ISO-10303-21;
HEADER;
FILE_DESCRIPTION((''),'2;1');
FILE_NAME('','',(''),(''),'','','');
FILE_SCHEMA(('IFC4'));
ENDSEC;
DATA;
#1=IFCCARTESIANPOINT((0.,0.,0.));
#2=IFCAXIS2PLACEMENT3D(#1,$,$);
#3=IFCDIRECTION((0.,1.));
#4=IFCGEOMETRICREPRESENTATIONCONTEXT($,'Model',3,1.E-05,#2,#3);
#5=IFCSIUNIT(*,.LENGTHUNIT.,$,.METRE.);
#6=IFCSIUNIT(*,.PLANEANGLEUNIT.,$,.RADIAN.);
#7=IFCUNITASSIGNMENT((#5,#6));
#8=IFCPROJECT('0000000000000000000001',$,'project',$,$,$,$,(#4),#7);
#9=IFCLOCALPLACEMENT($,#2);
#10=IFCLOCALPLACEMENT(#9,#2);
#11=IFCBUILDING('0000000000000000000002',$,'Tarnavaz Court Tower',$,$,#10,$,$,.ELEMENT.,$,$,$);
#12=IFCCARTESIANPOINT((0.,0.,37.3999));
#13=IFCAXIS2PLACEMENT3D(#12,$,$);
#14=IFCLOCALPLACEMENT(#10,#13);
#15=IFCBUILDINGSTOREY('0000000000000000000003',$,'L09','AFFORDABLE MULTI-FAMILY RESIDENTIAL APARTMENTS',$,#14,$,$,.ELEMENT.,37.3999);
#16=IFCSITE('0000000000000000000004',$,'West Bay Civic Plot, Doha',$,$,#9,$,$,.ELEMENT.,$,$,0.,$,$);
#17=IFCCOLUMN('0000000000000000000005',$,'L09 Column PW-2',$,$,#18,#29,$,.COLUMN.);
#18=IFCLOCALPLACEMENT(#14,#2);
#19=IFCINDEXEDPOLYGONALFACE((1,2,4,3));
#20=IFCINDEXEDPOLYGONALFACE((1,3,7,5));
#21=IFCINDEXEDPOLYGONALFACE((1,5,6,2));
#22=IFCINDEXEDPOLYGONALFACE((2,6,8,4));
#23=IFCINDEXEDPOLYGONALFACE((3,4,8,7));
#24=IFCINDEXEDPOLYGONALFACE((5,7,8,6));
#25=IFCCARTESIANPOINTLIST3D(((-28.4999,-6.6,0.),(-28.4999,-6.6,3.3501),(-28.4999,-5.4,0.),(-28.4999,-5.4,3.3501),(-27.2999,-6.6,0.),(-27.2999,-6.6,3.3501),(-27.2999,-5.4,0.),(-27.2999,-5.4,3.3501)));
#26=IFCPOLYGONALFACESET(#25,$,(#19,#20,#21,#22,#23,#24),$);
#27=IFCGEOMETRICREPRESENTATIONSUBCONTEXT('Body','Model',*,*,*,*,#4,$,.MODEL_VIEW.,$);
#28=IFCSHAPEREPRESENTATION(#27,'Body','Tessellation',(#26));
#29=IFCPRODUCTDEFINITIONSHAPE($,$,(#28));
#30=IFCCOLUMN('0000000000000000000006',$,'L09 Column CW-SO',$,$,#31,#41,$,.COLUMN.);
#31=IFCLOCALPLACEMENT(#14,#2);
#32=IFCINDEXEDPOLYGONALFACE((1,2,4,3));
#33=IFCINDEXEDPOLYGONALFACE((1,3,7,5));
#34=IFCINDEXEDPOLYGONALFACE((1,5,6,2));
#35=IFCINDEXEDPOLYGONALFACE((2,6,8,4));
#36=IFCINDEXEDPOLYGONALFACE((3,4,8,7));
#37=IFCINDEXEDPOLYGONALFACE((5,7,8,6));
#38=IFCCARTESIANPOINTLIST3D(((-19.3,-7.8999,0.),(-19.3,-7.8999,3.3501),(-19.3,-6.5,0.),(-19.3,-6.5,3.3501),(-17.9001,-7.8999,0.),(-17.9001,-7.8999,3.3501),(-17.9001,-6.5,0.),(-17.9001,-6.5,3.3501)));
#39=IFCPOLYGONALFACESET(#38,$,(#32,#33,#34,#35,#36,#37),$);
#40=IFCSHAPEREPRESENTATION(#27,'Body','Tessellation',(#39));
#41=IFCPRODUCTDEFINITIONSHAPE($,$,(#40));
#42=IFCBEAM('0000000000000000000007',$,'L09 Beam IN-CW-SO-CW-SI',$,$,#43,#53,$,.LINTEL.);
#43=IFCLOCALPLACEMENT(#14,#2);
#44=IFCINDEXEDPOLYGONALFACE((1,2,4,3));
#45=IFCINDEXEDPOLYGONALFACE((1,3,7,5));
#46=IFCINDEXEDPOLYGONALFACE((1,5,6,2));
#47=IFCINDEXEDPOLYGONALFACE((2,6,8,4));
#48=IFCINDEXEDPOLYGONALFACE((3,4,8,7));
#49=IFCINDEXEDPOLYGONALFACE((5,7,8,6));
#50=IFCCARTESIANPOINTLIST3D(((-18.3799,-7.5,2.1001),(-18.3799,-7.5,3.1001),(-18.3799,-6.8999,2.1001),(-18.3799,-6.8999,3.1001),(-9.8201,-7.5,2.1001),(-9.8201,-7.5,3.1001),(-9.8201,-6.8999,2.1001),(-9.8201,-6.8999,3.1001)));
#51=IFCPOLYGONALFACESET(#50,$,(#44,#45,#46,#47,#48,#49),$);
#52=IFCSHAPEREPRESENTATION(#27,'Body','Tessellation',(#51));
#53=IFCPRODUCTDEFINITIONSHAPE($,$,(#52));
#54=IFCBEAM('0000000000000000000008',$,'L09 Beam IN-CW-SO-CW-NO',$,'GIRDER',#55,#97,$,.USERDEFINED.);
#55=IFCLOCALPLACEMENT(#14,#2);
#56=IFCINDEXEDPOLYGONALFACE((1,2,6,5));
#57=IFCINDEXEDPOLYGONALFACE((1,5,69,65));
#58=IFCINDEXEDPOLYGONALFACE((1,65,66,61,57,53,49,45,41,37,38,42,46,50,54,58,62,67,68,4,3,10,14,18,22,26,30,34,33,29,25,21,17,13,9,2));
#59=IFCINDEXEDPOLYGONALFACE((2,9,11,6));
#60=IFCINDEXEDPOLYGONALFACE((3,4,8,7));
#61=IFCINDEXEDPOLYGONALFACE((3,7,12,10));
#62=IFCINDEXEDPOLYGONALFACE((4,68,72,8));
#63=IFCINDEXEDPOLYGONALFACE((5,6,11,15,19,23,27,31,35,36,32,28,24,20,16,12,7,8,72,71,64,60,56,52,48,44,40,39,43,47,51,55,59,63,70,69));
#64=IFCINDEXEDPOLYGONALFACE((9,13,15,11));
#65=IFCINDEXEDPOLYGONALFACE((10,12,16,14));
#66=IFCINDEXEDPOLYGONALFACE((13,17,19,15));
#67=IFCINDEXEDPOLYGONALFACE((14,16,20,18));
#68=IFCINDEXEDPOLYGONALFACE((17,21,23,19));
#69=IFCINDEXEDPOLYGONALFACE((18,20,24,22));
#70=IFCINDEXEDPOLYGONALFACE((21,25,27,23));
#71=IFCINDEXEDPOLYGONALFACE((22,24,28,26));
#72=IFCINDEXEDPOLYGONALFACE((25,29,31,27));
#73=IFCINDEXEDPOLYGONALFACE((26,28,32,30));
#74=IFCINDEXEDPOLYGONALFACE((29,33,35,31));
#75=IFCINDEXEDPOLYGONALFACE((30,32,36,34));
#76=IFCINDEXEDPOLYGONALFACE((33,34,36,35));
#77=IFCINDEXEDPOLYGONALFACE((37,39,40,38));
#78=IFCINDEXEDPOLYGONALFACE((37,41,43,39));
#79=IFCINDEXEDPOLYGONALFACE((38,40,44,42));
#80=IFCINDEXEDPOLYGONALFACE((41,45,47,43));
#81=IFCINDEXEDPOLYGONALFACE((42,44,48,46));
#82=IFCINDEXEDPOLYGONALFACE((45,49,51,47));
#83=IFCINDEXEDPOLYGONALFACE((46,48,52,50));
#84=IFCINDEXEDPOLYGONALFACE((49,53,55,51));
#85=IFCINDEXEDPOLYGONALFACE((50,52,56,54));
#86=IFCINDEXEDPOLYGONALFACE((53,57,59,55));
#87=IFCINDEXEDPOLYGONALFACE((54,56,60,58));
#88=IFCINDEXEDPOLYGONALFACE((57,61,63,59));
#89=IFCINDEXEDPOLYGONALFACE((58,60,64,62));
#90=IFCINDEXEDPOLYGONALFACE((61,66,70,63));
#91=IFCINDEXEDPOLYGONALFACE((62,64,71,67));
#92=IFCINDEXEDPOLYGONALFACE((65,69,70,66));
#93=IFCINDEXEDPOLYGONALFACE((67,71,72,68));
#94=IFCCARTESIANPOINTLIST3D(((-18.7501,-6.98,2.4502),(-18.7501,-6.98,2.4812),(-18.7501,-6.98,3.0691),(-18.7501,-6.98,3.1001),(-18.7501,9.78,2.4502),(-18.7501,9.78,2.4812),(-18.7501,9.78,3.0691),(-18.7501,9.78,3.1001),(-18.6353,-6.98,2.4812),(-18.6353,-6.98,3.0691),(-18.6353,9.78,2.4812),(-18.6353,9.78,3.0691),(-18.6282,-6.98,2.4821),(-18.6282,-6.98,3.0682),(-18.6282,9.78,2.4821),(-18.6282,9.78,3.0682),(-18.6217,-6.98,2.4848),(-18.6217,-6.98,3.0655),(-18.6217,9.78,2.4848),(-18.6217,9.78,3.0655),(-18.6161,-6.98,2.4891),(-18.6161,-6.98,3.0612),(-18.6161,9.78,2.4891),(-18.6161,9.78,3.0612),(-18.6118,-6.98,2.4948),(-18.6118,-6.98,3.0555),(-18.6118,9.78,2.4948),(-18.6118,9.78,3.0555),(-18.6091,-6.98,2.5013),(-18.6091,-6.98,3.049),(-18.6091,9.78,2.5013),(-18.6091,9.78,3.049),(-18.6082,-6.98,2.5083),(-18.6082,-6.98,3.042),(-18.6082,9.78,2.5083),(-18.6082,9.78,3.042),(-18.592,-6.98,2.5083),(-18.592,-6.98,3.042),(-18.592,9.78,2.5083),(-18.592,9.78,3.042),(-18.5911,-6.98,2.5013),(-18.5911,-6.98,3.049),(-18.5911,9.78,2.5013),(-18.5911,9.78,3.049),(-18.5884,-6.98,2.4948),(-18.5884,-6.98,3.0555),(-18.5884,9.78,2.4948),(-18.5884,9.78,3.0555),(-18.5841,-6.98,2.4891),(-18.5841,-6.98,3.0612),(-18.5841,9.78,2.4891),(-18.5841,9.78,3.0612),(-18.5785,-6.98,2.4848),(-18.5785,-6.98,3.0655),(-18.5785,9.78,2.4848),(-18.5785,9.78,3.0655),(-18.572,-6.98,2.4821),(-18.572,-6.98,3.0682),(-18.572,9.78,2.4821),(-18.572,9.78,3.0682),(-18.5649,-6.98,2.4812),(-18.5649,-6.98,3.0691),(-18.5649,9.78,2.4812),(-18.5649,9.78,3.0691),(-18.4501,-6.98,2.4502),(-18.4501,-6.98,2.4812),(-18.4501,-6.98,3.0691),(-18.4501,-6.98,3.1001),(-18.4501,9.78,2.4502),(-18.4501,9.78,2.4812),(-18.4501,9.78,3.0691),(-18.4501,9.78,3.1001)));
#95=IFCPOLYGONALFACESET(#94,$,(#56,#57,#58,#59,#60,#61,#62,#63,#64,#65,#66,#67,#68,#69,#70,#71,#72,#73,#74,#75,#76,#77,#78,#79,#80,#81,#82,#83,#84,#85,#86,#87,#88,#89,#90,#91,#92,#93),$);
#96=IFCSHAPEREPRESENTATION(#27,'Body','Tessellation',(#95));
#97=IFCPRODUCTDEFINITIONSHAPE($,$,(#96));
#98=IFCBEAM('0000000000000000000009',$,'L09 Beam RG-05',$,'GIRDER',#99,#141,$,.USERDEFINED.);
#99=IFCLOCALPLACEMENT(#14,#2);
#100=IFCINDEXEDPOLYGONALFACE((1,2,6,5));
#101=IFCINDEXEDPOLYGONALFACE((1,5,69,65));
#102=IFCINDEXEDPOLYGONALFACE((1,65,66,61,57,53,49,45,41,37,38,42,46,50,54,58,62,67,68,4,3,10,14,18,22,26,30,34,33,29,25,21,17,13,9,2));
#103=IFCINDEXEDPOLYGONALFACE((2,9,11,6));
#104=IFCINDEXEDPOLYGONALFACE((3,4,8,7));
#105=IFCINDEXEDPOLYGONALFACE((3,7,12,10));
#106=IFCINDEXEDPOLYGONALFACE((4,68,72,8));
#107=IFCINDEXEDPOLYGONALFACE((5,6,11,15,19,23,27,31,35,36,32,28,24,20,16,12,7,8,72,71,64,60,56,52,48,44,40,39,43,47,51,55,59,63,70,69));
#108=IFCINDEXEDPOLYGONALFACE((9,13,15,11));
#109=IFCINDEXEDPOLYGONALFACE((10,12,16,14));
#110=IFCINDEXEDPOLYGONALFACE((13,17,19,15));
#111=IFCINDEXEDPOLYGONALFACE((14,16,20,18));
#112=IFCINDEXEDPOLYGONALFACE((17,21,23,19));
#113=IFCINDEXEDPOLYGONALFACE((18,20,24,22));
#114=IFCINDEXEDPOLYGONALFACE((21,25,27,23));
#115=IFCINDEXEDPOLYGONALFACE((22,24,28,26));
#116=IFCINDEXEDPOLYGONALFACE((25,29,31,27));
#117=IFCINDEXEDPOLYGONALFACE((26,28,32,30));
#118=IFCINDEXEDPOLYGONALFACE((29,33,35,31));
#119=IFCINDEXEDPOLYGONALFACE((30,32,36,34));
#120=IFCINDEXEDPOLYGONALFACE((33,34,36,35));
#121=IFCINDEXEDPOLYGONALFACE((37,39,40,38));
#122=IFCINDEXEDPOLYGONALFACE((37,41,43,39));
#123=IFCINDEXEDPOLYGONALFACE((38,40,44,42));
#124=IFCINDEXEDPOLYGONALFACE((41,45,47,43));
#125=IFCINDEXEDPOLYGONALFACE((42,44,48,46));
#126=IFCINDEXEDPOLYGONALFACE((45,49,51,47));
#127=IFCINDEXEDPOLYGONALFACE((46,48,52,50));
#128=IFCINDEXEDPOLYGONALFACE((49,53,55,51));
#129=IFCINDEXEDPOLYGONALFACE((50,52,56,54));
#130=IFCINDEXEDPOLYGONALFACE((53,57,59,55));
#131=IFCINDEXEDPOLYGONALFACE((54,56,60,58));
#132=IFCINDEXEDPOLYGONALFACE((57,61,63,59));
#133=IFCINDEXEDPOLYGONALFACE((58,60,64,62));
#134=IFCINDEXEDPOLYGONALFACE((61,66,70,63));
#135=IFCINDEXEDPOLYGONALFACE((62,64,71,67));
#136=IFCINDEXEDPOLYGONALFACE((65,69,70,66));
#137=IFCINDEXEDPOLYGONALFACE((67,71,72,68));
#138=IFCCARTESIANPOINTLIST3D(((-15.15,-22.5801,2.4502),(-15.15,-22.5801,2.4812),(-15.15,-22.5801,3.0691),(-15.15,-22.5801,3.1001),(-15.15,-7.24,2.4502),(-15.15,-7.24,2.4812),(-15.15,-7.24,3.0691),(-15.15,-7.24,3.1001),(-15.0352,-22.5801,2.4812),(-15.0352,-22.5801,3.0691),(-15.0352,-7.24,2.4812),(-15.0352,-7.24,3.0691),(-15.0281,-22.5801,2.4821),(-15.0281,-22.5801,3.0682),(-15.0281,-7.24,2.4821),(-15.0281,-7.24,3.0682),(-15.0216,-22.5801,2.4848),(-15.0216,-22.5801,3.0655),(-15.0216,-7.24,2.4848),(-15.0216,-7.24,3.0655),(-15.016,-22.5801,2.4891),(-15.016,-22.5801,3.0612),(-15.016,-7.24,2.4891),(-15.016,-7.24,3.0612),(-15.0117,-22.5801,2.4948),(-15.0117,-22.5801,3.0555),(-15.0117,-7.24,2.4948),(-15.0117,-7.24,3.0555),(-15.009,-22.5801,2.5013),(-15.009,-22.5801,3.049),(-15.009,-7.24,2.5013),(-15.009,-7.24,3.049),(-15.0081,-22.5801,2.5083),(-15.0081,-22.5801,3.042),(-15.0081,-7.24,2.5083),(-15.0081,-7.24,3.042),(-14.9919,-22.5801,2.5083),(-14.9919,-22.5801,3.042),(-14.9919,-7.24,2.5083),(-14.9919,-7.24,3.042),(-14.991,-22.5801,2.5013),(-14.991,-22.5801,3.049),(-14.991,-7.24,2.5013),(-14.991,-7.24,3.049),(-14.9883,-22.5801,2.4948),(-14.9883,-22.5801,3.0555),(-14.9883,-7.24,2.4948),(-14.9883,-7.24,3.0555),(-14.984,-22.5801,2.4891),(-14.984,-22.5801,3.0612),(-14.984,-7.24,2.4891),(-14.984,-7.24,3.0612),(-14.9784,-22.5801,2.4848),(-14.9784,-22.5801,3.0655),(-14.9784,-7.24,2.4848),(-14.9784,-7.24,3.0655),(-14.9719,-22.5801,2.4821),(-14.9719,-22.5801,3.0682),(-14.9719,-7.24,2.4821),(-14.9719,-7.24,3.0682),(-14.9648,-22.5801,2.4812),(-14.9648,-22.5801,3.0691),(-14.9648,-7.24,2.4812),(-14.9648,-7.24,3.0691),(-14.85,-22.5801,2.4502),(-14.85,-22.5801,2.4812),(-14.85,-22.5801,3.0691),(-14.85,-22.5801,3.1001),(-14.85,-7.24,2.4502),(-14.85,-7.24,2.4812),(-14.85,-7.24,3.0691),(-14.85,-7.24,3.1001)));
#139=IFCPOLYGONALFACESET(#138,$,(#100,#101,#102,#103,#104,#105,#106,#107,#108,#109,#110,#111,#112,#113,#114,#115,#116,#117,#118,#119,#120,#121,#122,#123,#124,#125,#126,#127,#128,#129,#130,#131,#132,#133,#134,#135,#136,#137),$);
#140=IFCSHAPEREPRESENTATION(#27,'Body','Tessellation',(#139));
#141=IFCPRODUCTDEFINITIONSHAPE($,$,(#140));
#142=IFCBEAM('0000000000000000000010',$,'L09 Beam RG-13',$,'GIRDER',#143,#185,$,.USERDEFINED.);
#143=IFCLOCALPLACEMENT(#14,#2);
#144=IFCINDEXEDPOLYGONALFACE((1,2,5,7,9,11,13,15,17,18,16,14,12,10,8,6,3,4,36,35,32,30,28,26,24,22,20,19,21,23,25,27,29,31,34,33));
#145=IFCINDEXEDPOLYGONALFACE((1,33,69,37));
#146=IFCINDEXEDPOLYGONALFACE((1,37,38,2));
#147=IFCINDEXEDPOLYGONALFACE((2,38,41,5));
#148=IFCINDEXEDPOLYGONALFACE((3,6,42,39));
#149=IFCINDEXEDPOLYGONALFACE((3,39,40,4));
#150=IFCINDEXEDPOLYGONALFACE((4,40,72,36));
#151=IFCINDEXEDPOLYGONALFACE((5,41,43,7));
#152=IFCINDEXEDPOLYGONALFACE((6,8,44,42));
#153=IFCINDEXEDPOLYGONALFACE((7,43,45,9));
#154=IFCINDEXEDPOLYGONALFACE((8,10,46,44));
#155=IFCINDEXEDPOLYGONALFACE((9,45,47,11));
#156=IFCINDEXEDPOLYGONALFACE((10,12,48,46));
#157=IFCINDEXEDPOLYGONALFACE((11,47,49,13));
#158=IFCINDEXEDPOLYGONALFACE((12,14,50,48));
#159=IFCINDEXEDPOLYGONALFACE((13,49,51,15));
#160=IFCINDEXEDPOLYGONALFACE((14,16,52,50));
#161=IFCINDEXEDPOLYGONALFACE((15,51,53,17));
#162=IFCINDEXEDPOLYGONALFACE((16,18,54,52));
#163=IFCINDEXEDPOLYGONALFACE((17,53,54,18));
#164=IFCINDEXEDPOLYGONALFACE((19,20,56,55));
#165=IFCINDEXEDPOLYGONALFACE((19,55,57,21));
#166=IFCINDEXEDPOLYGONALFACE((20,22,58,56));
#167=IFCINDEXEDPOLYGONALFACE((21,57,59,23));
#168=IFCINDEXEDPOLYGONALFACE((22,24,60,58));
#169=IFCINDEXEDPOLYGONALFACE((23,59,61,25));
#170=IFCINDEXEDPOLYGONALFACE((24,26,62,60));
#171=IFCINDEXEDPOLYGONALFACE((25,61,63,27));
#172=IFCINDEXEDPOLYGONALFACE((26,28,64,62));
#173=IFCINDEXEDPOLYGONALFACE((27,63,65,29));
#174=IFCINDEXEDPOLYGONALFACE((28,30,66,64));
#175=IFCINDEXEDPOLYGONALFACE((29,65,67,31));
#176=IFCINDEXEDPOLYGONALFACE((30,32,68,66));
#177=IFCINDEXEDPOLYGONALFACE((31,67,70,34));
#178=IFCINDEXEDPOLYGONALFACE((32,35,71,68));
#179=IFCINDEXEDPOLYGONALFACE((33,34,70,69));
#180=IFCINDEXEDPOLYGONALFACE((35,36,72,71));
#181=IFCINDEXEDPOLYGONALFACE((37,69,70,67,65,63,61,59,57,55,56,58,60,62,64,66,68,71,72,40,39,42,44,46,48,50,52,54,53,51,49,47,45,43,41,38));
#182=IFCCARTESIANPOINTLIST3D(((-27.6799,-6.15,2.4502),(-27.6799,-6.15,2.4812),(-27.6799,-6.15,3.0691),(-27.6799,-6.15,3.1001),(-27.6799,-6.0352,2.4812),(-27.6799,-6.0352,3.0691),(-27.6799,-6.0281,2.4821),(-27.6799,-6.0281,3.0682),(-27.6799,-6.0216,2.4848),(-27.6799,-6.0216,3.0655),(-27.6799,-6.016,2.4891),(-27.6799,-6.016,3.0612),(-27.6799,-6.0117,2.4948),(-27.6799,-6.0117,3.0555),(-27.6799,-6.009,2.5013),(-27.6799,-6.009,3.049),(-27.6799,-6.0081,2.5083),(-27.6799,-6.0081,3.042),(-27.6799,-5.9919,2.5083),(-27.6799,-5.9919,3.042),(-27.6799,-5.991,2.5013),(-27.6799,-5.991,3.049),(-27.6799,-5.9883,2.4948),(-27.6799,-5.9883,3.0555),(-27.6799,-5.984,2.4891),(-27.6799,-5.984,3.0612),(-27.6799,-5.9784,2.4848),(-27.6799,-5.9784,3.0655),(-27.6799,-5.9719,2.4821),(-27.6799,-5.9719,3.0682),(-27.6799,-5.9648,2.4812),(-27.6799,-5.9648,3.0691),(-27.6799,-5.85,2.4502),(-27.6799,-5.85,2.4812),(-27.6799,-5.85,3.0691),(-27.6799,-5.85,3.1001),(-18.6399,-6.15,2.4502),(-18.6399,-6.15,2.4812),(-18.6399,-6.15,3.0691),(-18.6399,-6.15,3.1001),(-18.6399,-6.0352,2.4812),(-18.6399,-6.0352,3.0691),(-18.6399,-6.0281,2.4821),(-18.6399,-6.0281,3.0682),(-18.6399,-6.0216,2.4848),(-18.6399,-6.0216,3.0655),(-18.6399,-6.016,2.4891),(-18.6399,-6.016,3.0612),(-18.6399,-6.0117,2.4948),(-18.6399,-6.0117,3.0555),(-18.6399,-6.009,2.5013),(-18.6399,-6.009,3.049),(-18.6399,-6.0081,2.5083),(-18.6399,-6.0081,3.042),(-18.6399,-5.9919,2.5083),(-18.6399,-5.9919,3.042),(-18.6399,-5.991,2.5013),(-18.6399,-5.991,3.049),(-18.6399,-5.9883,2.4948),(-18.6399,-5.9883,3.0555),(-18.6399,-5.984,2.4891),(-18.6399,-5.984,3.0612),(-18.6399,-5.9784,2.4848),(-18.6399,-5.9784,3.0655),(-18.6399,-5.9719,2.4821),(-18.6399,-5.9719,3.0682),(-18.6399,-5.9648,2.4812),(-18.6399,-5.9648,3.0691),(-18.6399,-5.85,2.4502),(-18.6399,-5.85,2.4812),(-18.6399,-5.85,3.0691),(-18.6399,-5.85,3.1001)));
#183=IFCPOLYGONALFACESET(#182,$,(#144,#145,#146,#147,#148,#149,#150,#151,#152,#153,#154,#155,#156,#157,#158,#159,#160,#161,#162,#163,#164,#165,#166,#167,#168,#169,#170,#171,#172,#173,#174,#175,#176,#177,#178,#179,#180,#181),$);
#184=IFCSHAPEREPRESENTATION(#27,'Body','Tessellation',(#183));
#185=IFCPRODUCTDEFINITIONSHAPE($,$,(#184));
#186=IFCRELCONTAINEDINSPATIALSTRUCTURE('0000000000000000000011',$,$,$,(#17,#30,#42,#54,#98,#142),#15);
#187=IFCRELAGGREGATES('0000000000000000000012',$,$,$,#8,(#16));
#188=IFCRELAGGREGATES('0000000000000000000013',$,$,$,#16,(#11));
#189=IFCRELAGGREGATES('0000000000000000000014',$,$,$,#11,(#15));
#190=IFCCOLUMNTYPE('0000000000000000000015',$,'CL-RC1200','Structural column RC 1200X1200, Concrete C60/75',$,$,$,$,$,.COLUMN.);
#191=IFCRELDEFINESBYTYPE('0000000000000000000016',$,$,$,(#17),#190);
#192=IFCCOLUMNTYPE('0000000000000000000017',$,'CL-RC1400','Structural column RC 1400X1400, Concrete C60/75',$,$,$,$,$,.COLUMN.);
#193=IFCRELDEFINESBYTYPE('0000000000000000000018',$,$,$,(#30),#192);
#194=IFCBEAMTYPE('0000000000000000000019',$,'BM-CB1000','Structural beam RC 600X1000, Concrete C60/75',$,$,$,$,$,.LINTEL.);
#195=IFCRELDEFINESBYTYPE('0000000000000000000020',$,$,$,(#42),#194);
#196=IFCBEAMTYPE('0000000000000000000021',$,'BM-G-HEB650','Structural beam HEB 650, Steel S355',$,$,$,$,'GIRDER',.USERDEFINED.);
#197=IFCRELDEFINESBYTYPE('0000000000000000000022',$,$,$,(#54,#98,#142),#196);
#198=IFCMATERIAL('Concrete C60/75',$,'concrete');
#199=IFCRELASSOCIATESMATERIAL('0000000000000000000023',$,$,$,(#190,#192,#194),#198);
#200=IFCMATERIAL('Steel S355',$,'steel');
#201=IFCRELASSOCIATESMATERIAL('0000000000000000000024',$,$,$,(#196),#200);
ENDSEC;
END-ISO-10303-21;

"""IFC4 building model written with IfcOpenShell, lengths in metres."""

from ifc_helpers import new_model, si_unit, direction, frame, origin, origin_2d, place, context, subcontext, project, spatial, rectangle, i_section, extrude, material, material_profile, profile_set, type_object, element, save


model = new_model("IFC4")

# Units and contexts
model_context = context("Model", 3, precision=1e-05, world=origin(), true_north=direction((0.0, 1.0)))
body_context = subcontext(model_context, "Body", "Model", "MODEL_VIEW")
ifc_project = project(units=[si_unit("LENGTHUNIT", "METRE"), si_unit("PLANEANGLEUNIT", "RADIAN")], contexts=[model_context])

# Site, building, storey
site_placement = place(None, origin())
site = spatial("IfcSite", under=ifc_project, at=site_placement, Name="West Bay Civic Plot, Doha", CompositionType="ELEMENT", RefElevation=0.0)
building_placement = place(site_placement, origin())
building = spatial("IfcBuilding", under=site, at=building_placement, Name="Tarnavaz Court Tower", CompositionType="ELEMENT")
storey_placement = place(building_placement, frame((0.0, 0.0, 37.3999)))
storey = spatial("IfcBuildingStorey", under=building, at=storey_placement, Name="L09", Description="AFFORDABLE MULTI-FAMILY RESIDENTIAL APARTMENTS", CompositionType="ELEMENT", Elevation=37.3999)

# Columns
ifc_material_1 = material(Name="Concrete C60/75", Category="concrete")
ifc_material_profile_1 = material_profile(ifc_material_1, rectangle(XDim=1.2, YDim=1.2, at=origin_2d()), Name="RC 1200X1200")
ifc_profile_set_1 = profile_set([ifc_material_profile_1], Name="Concrete C60/75")
column_type_1 = type_object("IfcColumnType", Name="CL-RC1200", Description="Structural column RC 1200X1200, Concrete C60/75", PredefinedType="COLUMN", material=ifc_profile_set_1)
column_1_placement = place(storey_placement, frame((-27.8999, -6.0, 0.0), z_axis=(0.0, 0.0, 1.0), x_axis=(1.0, 0.0, 0.0)))
element("IfcColumn", 1, at=column_1_placement, inside=storey, type_object=column_type_1, Name="L09 Column PW-2", PredefinedType="COLUMN", context=body_context, shape_type="SweptSolid", body=[
    extrude(rectangle(XDim=1.2, YDim=1.2, at=origin_2d()), origin(), (0.0, 0.0, 1.0), 3.3501),
])
ifc_material_profile_2 = material_profile(ifc_material_1, rectangle(XDim=1.3999, YDim=1.3999, at=origin_2d()), Name="RC 1400X1400")
ifc_profile_set_2 = profile_set([ifc_material_profile_2], Name="Concrete C60/75")
column_type_2 = type_object("IfcColumnType", Name="CL-RC1400", Description="Structural column RC 1400X1400, Concrete C60/75", PredefinedType="COLUMN", material=ifc_profile_set_2)
column_2_placement = place(storey_placement, frame((-18.6001, -7.2, 0.0), z_axis=(0.0, 0.0, 1.0), x_axis=(1.0, 0.0, 0.0)))
element("IfcColumn", 2, at=column_2_placement, inside=storey, type_object=column_type_2, Name="L09 Column CW-SO", PredefinedType="COLUMN", context=body_context, shape_type="SweptSolid", body=[
    extrude(rectangle(XDim=1.3999, YDim=1.3999, at=origin_2d()), origin(), (0.0, 0.0, 1.0), 3.3501),
])

# Beams
ifc_material_profile_3 = material_profile(ifc_material_1, rectangle(XDim=0.6001, YDim=1.0, at=origin_2d()), Name="RC 600X1000")
ifc_profile_set_3 = profile_set([ifc_material_profile_3], Name="Concrete C60/75")
beam_type_1 = type_object("IfcBeamType", Name="BM-CB1000", Description="Structural beam RC 600X1000, Concrete C60/75", PredefinedType="LINTEL", material=ifc_profile_set_3)
beam_1_placement = place(storey_placement, frame((-18.3799, -7.2, 2.6001), z_axis=(1.0, 0.0, 0.0), x_axis=(0.0, 1.0, 0.0)))
element("IfcBeam", 3, at=beam_1_placement, inside=storey, type_object=beam_type_1, Name="L09 Beam IN-CW-SO-CW-SI", PredefinedType="LINTEL", context=body_context, shape_type="SweptSolid", body=[
    extrude(rectangle(XDim=0.6001, YDim=1.0, at=origin_2d()), origin(), (0.0, 0.0, 1.0), 8.5598),
])
ifc_material_2 = material(Name="Steel S355", Category="steel")
ifc_material_profile_4 = material_profile(ifc_material_2, i_section(OverallWidth=0.3, OverallDepth=0.6499, WebThickness=0.0161, FlangeThickness=0.031, FilletRadius=0.0271, at=origin_2d()), Name="HEB 650")
ifc_profile_set_4 = profile_set([ifc_material_profile_4], Name="Steel S355")
beam_type_2 = type_object("IfcBeamType", Name="BM-G-HEB650", Description="Structural beam HEB 650, Steel S355", ElementType="GIRDER", PredefinedType="USERDEFINED", material=ifc_profile_set_4)
beam_2_placement = place(storey_placement, frame((-18.6001, -6.98, 2.7751), z_axis=(0.0, 1.0, 0.0), x_axis=(-1.0, 0.0, 0.0)))
element("IfcBeam", 4, at=beam_2_placement, inside=storey, type_object=beam_type_2, Name="L09 Beam IN-CW-SO-CW-NO", ObjectType="GIRDER", PredefinedType="USERDEFINED", context=body_context, shape_type="SweptSolid", body=[
    extrude(i_section(OverallWidth=0.3, OverallDepth=0.6499, WebThickness=0.0161, FlangeThickness=0.031, FilletRadius=0.0271, at=origin_2d()), origin(), (0.0, 0.0, 1.0), 16.76),
])
beam_3_placement = place(storey_placement, frame((-15.0, -7.24, 2.7751), z_axis=(0.0, -1.0, 0.0), x_axis=(1.0, 0.0, 0.0)))
element("IfcBeam", 5, at=beam_3_placement, inside=storey, type_object=beam_type_2, Name="L09 Beam RG-05", ObjectType="GIRDER", PredefinedType="USERDEFINED", context=body_context, shape_type="SweptSolid", body=[
    extrude(i_section(OverallWidth=0.3, OverallDepth=0.6499, WebThickness=0.0161, FlangeThickness=0.031, FilletRadius=0.0271, at=origin_2d()), origin(), (0.0, 0.0, 1.0), 15.3401),
])
beam_4_placement = place(storey_placement, frame((-18.6399, -6.0, 2.7751), z_axis=(-1.0, 0.0, 0.0), x_axis=(0.0, -1.0, 0.0)))
element("IfcBeam", 6, at=beam_4_placement, inside=storey, type_object=beam_type_2, Name="L09 Beam RG-13", ObjectType="GIRDER", PredefinedType="USERDEFINED", context=body_context, shape_type="SweptSolid", body=[
    extrude(i_section(OverallWidth=0.3, OverallDepth=0.6499, WebThickness=0.0161, FlangeThickness=0.031, FilletRadius=0.0271, at=origin_2d()), origin(), (0.0, 0.0, 1.0), 9.04),
])

save(model, "model.ifc")
